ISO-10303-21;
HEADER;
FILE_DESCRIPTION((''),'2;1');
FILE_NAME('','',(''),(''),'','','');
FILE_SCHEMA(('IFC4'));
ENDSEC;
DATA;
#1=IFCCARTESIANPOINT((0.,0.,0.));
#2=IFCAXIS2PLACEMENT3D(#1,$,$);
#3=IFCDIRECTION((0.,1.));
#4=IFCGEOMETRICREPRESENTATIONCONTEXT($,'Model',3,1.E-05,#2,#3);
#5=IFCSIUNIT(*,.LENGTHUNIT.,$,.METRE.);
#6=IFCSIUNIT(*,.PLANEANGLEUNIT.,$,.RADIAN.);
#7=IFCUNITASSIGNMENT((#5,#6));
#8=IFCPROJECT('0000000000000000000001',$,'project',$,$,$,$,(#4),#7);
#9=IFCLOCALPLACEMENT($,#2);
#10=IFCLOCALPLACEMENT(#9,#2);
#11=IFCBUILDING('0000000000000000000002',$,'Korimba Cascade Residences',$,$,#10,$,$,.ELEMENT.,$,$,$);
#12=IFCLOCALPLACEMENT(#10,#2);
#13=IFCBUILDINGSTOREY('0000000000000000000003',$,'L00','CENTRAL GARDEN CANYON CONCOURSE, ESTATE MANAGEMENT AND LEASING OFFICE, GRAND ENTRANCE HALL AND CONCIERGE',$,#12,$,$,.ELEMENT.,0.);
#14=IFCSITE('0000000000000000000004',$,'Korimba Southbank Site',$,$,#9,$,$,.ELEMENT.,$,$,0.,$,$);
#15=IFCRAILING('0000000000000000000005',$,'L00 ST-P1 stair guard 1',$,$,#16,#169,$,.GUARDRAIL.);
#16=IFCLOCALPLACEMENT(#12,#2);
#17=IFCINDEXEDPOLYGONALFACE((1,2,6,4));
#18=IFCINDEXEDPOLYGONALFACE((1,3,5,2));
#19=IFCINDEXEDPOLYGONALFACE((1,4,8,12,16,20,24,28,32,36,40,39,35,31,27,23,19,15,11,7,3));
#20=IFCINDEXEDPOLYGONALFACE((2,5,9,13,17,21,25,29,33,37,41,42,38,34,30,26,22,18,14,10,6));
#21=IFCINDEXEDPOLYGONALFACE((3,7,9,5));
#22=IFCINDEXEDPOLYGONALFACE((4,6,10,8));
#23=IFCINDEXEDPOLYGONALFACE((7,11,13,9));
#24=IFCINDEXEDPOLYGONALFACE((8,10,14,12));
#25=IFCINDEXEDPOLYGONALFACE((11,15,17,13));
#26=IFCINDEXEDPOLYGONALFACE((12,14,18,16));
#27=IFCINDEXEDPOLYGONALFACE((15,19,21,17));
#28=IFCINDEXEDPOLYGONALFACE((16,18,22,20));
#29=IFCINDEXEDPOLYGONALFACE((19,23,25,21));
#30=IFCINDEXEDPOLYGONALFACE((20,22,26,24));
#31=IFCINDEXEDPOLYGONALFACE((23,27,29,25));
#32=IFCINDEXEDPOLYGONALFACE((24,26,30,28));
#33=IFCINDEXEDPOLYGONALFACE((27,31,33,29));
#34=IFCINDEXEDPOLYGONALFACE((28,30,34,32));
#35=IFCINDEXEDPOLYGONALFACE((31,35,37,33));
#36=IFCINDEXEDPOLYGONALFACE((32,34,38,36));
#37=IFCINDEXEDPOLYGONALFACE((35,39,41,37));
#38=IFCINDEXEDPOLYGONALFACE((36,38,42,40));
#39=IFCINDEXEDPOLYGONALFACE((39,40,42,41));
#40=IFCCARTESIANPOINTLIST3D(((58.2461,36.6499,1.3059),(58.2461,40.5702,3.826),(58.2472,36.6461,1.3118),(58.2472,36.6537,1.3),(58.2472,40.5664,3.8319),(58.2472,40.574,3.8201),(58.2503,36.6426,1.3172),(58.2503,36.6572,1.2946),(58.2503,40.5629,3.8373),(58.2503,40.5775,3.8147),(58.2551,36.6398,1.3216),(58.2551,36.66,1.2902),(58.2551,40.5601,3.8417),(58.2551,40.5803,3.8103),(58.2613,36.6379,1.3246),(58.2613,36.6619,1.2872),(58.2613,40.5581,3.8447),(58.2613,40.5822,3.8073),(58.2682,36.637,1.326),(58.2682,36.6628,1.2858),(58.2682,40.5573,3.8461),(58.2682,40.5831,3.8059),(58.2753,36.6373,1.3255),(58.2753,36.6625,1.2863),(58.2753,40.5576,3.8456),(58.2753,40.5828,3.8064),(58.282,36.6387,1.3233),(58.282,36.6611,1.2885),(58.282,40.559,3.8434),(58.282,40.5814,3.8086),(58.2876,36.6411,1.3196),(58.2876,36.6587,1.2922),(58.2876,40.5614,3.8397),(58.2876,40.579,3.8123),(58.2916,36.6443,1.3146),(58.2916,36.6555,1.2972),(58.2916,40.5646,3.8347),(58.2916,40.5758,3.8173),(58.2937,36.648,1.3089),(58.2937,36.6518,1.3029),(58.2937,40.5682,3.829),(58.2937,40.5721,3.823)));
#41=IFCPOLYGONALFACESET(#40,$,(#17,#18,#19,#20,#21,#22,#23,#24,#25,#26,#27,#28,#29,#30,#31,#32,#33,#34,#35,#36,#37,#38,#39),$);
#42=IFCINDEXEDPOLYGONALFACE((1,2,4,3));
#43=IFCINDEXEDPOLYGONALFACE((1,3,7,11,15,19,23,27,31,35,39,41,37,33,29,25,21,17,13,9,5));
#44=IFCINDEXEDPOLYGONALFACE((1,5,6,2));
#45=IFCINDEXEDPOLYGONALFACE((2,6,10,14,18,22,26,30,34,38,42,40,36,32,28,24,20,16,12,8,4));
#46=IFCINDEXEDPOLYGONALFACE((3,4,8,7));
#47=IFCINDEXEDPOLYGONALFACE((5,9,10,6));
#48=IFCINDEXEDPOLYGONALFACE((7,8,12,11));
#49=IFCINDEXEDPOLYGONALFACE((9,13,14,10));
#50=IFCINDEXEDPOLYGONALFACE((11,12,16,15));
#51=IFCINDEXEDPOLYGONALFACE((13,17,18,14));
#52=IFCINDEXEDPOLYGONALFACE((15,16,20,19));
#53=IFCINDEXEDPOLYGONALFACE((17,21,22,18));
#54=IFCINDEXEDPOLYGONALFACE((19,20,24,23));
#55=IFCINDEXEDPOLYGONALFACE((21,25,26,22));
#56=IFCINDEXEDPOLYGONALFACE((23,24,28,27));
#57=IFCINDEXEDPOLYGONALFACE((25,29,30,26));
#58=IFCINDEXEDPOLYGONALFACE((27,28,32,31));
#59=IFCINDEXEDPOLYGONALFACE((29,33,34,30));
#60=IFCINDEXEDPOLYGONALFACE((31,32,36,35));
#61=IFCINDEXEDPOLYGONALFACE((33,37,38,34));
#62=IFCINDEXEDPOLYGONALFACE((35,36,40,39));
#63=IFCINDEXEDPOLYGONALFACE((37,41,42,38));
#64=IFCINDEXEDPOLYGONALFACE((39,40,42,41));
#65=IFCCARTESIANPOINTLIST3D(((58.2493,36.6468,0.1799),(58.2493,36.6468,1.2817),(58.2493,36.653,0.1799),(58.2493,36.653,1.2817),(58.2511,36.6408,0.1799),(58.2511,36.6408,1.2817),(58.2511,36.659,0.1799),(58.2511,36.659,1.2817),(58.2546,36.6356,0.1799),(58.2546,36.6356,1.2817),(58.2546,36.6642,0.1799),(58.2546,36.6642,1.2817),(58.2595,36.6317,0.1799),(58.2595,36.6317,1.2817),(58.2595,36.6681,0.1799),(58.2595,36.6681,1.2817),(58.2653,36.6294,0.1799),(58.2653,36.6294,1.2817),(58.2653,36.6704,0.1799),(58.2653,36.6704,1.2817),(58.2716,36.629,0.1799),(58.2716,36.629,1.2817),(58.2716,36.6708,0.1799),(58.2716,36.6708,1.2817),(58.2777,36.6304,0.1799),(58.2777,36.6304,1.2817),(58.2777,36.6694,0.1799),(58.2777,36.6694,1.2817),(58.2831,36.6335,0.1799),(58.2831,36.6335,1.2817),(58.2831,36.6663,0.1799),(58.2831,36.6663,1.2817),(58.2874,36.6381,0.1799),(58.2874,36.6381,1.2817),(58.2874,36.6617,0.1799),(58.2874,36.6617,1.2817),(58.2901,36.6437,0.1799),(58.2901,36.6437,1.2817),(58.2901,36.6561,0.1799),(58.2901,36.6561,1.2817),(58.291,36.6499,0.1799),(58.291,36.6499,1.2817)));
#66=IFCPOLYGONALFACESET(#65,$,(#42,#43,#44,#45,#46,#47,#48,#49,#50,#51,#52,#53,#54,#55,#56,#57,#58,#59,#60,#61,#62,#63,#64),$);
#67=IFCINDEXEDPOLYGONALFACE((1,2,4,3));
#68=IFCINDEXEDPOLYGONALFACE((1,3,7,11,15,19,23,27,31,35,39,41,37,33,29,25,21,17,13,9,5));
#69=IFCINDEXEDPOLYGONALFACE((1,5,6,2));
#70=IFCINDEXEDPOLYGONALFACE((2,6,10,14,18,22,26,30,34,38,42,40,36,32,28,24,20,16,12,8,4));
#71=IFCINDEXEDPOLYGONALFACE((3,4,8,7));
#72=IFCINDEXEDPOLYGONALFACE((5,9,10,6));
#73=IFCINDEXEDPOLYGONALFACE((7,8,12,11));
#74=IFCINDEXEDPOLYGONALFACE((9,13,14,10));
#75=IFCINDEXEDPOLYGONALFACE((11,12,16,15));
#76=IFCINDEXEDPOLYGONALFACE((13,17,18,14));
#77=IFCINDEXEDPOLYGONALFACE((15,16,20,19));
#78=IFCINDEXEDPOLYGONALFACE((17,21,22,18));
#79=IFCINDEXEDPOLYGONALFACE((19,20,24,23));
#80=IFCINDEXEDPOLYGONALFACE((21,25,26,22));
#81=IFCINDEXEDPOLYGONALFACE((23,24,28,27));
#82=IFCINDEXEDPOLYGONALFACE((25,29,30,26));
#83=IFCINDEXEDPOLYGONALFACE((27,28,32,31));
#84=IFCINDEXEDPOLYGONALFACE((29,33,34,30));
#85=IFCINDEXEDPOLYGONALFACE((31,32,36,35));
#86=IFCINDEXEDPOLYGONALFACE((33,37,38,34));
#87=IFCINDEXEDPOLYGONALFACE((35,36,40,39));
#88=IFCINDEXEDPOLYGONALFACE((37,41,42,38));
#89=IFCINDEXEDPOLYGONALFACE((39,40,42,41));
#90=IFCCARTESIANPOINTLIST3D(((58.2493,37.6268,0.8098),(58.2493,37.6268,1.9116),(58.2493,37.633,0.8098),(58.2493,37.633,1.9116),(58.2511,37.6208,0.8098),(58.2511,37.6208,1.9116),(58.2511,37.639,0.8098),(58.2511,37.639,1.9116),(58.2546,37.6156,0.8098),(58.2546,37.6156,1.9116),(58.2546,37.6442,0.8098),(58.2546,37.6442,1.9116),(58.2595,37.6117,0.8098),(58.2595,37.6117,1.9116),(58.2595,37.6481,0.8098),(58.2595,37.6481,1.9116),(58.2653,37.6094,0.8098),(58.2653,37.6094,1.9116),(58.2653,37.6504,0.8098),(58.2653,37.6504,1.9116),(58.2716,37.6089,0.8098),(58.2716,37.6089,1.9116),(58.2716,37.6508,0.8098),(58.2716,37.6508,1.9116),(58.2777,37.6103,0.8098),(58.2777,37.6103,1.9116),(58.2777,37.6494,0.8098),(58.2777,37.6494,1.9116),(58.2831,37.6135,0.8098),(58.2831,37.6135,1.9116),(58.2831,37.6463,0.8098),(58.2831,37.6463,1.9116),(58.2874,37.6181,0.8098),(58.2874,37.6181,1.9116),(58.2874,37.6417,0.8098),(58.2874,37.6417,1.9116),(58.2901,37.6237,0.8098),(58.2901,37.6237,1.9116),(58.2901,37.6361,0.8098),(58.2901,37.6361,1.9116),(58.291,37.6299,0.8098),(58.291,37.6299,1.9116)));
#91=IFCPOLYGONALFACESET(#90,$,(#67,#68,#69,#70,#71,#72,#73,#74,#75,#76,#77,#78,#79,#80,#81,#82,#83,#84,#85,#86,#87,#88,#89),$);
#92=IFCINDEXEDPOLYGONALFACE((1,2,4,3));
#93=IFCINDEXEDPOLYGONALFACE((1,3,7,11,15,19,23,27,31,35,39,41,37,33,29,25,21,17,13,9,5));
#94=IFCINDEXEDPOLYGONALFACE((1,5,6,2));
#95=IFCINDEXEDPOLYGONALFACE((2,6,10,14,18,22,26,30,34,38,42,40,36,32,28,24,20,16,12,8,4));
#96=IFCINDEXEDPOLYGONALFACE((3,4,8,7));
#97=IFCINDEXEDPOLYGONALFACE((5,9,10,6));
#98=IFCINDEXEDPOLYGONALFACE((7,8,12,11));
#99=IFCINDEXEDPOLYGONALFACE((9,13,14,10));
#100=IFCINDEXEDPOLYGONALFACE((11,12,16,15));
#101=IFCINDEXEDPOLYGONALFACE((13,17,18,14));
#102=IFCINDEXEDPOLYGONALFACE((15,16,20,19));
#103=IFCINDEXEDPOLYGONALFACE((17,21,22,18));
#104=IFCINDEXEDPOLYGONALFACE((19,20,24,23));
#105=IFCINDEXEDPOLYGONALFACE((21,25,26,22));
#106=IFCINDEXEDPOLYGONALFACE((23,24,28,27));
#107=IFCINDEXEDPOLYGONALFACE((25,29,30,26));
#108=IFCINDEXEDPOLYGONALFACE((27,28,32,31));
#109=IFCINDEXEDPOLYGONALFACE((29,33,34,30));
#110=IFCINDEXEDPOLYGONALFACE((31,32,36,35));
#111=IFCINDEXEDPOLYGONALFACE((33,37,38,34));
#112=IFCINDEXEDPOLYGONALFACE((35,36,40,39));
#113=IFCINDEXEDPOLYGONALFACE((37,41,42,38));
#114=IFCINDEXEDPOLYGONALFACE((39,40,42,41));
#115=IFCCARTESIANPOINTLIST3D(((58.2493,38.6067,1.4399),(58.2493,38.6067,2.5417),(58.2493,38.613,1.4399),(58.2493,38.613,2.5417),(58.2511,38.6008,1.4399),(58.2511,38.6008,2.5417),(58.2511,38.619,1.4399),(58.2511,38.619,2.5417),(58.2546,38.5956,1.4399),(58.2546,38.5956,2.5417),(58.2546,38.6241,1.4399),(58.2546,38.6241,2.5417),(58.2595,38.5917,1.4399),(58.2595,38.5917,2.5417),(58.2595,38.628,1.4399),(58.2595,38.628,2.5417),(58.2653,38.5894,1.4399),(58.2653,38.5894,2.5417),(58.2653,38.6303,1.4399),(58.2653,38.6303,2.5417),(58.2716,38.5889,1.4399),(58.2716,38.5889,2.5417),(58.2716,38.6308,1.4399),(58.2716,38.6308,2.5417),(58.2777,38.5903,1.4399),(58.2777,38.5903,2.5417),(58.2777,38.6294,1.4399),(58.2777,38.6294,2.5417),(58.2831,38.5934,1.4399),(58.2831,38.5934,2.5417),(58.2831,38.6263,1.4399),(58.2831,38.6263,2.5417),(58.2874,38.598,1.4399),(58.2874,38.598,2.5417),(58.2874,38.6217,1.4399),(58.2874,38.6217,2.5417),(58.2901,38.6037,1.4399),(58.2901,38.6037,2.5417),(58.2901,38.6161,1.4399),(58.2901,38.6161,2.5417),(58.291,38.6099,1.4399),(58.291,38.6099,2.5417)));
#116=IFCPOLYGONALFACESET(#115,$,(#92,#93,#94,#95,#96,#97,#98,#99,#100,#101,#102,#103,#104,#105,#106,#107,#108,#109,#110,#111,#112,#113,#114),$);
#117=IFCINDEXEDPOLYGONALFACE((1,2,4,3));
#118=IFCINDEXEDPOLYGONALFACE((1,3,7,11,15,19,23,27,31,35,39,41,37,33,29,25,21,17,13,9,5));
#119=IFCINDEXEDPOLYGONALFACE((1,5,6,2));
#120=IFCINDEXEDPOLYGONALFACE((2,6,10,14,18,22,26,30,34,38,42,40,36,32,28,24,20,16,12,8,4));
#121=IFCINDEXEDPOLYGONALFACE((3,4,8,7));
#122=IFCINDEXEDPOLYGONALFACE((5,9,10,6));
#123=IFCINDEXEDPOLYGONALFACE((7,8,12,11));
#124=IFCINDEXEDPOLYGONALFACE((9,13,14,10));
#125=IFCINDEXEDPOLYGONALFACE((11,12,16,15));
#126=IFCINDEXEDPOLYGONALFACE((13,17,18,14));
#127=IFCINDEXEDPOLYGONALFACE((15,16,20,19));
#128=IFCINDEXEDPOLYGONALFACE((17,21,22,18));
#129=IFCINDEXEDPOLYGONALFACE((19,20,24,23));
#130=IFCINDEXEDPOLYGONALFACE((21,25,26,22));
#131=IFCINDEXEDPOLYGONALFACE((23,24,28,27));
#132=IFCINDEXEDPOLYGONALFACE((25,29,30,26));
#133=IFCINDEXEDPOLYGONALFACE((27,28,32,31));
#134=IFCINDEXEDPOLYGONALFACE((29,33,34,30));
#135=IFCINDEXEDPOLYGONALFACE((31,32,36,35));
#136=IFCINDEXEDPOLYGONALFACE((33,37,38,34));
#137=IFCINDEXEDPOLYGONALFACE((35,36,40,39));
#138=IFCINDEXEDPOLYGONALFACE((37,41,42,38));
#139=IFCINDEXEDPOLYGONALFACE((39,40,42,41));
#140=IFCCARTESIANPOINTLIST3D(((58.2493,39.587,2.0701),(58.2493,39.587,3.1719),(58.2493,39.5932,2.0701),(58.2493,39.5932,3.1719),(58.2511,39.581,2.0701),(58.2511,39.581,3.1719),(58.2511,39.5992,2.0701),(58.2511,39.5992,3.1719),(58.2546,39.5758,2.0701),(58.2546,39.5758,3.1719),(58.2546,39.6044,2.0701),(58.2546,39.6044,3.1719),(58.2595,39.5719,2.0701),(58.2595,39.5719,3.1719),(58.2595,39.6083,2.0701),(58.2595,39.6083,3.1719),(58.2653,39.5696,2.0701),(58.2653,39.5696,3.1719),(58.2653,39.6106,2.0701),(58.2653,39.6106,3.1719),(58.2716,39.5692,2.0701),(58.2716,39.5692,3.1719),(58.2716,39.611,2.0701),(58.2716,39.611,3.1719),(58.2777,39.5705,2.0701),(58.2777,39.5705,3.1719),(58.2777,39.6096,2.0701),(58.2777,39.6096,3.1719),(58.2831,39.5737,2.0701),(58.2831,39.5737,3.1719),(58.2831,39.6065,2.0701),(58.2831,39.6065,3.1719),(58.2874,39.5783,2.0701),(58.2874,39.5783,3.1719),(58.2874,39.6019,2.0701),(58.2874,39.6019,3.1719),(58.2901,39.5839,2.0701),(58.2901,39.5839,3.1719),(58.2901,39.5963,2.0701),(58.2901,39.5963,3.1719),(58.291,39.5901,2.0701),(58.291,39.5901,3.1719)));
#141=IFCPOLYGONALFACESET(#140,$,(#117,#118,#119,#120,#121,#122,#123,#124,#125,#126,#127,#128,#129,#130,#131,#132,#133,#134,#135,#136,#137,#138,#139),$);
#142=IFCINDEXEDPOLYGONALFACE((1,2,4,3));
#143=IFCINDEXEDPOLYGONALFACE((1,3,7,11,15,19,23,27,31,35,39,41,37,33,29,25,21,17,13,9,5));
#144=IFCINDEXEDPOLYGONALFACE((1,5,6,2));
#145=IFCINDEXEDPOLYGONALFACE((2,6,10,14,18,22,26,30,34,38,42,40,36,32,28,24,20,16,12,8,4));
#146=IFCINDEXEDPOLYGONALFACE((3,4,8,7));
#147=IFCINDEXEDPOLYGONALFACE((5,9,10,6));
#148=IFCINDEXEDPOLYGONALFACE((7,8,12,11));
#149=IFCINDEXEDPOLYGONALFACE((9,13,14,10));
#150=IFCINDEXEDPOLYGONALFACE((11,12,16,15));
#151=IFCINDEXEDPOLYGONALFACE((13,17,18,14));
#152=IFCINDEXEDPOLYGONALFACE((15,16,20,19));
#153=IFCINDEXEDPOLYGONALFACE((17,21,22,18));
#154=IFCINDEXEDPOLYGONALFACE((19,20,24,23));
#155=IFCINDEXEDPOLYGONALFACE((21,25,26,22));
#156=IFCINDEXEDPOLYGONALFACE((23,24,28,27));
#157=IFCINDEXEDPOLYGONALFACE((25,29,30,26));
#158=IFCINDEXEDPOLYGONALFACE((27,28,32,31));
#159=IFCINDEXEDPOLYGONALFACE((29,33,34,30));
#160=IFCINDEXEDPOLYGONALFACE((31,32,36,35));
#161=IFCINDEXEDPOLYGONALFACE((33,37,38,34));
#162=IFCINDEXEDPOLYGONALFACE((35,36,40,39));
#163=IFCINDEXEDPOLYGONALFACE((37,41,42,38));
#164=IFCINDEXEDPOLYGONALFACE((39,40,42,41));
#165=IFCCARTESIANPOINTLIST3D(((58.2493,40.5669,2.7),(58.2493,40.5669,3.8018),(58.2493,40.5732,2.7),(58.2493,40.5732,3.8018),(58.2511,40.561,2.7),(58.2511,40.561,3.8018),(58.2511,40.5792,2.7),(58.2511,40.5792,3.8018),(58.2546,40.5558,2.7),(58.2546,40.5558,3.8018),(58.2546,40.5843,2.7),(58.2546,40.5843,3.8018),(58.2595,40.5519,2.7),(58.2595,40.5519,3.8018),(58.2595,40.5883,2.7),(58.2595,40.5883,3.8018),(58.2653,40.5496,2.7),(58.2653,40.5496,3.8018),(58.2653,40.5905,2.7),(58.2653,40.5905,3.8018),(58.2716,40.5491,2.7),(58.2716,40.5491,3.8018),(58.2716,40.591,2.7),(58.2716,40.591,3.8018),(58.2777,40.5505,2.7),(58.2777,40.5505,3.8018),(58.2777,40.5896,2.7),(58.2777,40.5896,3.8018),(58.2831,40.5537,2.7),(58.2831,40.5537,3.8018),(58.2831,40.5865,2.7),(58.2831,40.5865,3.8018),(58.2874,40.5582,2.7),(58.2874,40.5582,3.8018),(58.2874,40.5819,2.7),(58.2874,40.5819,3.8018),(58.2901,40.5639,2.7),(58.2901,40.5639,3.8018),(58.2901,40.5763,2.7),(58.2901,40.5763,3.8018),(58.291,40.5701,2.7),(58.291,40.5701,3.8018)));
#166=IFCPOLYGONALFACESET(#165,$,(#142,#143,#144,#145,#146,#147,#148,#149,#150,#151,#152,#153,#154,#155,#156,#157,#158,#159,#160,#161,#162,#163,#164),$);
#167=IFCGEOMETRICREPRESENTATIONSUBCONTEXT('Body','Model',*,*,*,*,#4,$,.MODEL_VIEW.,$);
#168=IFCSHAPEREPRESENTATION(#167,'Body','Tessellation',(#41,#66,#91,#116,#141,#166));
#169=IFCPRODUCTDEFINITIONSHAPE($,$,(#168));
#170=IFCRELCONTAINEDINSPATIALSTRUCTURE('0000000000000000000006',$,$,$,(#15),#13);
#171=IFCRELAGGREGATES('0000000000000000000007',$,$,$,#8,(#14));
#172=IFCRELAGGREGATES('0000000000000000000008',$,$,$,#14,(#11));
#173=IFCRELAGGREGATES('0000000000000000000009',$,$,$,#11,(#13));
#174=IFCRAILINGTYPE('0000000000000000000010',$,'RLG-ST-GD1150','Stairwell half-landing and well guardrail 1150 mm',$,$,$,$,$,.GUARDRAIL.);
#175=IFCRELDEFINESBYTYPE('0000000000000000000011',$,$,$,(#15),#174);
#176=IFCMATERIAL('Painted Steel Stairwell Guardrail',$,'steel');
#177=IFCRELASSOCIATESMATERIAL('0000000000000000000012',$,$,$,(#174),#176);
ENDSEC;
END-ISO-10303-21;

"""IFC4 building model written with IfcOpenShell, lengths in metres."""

from ifc_helpers import new_model, si_unit, direction, frame, origin, origin_2d, place, context, subcontext, project, spatial, circle, extrude, material, type_object, element, save


model = new_model("IFC4")

# Units and contexts
model_context = context("Model", 3, precision=1e-05, world=origin(), true_north=direction((0.0, 1.0)))
body_context = subcontext(model_context, "Body", "Model", "MODEL_VIEW")
ifc_project = project(units=[si_unit("LENGTHUNIT", "METRE"), si_unit("PLANEANGLEUNIT", "RADIAN")], contexts=[model_context])

# Site, building, storey
site_placement = place(None, origin())
site = spatial("IfcSite", under=ifc_project, at=site_placement, Name="Korimba Southbank Site", CompositionType="ELEMENT", RefElevation=0.0)
building_placement = place(site_placement, origin())
building = spatial("IfcBuilding", under=site, at=building_placement, Name="Korimba Cascade Residences", CompositionType="ELEMENT")
storey_placement = place(building_placement, origin())
storey = spatial("IfcBuildingStorey", under=building, at=storey_placement, Name="L00", Description="CENTRAL GARDEN CANYON CONCOURSE, ESTATE MANAGEMENT AND LEASING OFFICE, GRAND ENTRANCE HALL AND CONCIERGE", CompositionType="ELEMENT", Elevation=0.0)

# Railing
ifc_material_1 = material(Name="Painted Steel Stairwell Guardrail", Category="steel")
railing_type_1 = type_object("IfcRailingType", Name="RLG-ST-GD1150", Description="Stairwell half-landing and well guardrail 1150 mm", PredefinedType="GUARDRAIL", material=ifc_material_1)
railing_1_placement = place(storey_placement, frame((58.27, 36.6499, 0.1799)))
element("IfcRailing", 1, at=railing_1_placement, inside=storey, type_object=railing_type_1, Name="L00 ST-P1 stair guard 1", PredefinedType="GUARDRAIL", context=body_context, shape_type="SweptSolid", body=[
    extrude(circle(Radius=0.0239, at=origin_2d()), frame((0.0, 0.0, 1.126), z_axis=(0.0, 0.841187, 0.540744), x_axis=(-1.0, 0.0, 0.0)), (0.0, 0.0, 1.0), 4.6604),
    extrude(circle(Radius=0.021, at=origin_2d()), origin(), (0.0, 0.0, 1.0), 1.1018),
    extrude(circle(Radius=0.021, at=origin_2d()), frame((0.0, 0.98, 0.6299)), (0.0, 0.0, 1.0), 1.1018),
    extrude(circle(Radius=0.021, at=origin_2d()), frame((0.0, 1.96, 1.26)), (0.0, 0.0, 1.0), 1.1018),
    extrude(circle(Radius=0.021, at=origin_2d()), frame((0.0, 2.9402, 1.8901)), (0.0, 0.0, 1.0), 1.1018),
    extrude(circle(Radius=0.021, at=origin_2d()), frame((0.0, 3.9202, 2.52)), (0.0, 0.0, 1.0), 1.1018),
])

save(model, "model.ifc")
